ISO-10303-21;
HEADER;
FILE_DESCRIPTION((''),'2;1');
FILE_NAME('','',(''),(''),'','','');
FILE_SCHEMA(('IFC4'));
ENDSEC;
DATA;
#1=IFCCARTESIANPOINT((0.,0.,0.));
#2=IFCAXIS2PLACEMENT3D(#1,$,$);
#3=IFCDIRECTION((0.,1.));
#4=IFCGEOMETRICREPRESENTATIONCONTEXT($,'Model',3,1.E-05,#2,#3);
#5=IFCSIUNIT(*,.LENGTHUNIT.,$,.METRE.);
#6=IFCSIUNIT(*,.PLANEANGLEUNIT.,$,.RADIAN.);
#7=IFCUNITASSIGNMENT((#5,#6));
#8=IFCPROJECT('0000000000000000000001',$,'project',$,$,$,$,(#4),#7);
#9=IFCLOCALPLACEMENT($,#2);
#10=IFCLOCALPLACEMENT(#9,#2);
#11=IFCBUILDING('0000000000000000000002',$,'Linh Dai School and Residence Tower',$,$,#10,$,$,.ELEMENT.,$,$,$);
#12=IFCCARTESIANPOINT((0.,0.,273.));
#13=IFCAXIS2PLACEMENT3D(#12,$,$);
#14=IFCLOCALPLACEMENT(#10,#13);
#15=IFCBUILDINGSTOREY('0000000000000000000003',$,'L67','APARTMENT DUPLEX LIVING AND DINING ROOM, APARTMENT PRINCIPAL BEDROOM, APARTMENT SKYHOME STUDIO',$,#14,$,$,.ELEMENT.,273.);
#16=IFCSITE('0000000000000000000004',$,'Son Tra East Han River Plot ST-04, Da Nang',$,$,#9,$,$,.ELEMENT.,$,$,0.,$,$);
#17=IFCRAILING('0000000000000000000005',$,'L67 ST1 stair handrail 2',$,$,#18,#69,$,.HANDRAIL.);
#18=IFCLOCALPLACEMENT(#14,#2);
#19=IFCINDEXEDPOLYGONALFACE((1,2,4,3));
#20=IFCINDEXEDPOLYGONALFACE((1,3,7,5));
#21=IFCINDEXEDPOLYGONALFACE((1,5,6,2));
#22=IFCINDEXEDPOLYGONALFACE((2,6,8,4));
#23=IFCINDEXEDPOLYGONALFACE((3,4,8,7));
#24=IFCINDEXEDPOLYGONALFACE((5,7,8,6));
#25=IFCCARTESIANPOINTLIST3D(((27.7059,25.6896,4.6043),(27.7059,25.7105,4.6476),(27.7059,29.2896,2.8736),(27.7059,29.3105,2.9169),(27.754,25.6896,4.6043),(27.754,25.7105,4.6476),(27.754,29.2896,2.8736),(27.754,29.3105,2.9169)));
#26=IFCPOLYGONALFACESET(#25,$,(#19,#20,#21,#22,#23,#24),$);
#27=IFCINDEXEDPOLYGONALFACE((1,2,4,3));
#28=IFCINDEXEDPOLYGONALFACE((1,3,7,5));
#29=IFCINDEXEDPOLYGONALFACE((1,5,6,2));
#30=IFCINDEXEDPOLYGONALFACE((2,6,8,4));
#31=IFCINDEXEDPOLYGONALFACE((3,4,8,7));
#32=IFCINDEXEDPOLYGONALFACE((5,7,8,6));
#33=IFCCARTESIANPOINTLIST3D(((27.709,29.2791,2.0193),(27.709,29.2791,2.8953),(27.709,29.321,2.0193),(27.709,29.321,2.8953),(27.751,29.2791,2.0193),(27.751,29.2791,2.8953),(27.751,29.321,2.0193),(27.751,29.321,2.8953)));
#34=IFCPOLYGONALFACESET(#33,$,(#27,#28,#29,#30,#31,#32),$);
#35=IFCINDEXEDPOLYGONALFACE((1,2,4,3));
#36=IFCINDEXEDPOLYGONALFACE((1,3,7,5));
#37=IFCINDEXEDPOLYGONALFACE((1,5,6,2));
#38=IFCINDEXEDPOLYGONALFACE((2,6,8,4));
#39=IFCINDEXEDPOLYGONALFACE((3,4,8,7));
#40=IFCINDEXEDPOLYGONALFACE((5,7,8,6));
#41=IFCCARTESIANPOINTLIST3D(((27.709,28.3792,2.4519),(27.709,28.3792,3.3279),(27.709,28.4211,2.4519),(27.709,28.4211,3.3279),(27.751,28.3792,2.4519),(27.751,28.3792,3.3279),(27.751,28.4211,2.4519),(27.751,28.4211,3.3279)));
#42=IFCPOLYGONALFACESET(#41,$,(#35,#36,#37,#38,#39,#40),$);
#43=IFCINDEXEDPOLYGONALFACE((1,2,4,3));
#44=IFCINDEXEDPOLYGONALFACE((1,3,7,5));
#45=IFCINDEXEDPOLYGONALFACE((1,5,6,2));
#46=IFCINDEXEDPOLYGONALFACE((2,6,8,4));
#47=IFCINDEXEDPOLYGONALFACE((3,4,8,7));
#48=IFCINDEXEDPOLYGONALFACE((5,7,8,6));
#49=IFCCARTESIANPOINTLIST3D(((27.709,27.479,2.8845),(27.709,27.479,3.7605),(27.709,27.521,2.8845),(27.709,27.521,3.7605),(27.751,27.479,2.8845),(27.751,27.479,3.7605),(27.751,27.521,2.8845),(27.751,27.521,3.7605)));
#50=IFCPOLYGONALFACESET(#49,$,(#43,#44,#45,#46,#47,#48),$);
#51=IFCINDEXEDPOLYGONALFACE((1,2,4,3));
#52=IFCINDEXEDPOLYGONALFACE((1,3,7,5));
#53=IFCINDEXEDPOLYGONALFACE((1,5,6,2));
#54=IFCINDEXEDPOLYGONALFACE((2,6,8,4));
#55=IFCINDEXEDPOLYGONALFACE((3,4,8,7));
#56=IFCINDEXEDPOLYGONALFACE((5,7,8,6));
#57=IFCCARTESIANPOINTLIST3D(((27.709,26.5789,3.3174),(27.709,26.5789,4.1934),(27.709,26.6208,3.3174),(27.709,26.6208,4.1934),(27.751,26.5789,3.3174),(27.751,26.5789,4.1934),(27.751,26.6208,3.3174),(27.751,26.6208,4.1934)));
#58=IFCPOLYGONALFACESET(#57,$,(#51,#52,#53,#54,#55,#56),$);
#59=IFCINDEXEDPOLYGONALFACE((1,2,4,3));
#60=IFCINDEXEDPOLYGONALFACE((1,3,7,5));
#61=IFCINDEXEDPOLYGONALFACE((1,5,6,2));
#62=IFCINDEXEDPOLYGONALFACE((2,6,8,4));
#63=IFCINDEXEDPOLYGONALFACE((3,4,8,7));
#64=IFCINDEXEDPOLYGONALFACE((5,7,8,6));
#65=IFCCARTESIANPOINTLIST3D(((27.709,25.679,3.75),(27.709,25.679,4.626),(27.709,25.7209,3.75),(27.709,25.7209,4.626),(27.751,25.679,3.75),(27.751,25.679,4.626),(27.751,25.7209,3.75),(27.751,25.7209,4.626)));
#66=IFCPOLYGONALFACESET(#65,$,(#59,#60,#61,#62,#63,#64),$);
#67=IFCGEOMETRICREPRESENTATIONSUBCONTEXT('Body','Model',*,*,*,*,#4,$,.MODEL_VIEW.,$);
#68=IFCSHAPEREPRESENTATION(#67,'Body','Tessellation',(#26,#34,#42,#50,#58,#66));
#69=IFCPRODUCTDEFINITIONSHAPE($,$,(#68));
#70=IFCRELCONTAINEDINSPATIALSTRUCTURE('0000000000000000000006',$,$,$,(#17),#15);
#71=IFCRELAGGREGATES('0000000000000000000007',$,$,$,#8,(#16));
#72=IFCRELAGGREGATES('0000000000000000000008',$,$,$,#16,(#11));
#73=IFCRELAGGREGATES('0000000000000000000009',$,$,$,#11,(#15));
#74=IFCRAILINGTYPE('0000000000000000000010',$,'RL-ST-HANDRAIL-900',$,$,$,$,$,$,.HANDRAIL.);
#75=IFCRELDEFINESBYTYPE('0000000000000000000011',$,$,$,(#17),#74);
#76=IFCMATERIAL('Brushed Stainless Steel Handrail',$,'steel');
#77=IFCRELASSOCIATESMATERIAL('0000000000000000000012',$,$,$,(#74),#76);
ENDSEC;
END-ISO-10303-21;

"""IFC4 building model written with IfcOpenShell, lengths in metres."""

from ifc_helpers import new_model, si_unit, direction, frame, origin, origin_2d, place, context, subcontext, project, spatial, rectangle, extrude, source, transform, mapped, material, type_object, element, save


model = new_model("IFC4")

# Units and contexts
model_context = context("Model", 3, precision=1e-05, world=origin(), true_north=direction((0.0, 1.0)))
body_context = subcontext(model_context, "Body", "Model", "MODEL_VIEW")
ifc_project = project(units=[si_unit("LENGTHUNIT", "METRE"), si_unit("PLANEANGLEUNIT", "RADIAN")], contexts=[model_context])

# Site, building, storey
site_placement = place(None, origin())
site = spatial("IfcSite", under=ifc_project, at=site_placement, Name="Son Tra East Han River Plot ST-04, Da Nang", CompositionType="ELEMENT", RefElevation=0.0)
building_placement = place(site_placement, origin())
building = spatial("IfcBuilding", under=site, at=building_placement, Name="Linh Dai School and Residence Tower", CompositionType="ELEMENT")
storey_placement = place(building_placement, frame((0.0, 0.0, 273.0)))
storey = spatial("IfcBuildingStorey", under=building, at=storey_placement, Name="L67", Description="APARTMENT DUPLEX LIVING AND DINING ROOM, APARTMENT PRINCIPAL BEDROOM, APARTMENT SKYHOME STUDIO", CompositionType="ELEMENT", Elevation=273.0)

# Railing
ifc_material_1 = material(Name="Brushed Stainless Steel Handrail", Category="steel")
railing_type_1 = type_object("IfcRailingType", Name="RL-ST-HANDRAIL-900", PredefinedType="HANDRAIL", material=ifc_material_1)
shared_shape_1 = source(origin(), body_context, "Body", "SweptSolid", [
    extrude(rectangle(XDim=0.0481, YDim=0.0481, at=origin_2d()), frame((0.0, 0.0, 0.876), z_axis=(0.0, -0.901263, 0.433273), x_axis=(1.0, 0.0, 0.0)), (0.0, 0.0, 1.0), 3.9944),
    extrude(rectangle(XDim=0.042, YDim=0.042, at=origin_2d()), origin(), (0.0, 0.0, 1.0), 0.876),
    extrude(rectangle(XDim=0.042, YDim=0.042, at=origin_2d()), frame((0.0, -0.8999, 0.4326)), (0.0, 0.0, 1.0), 0.876),
    extrude(rectangle(XDim=0.042, YDim=0.042, at=origin_2d()), frame((0.0, -1.8, 0.8652)), (0.0, 0.0, 1.0), 0.876),
    extrude(rectangle(XDim=0.042, YDim=0.042, at=origin_2d()), frame((0.0, -2.7002, 1.2981)), (0.0, 0.0, 1.0), 0.876),
    extrude(rectangle(XDim=0.042, YDim=0.042, at=origin_2d()), frame((0.0, -3.6001, 1.7307)), (0.0, 0.0, 1.0), 0.876),
])
railing_1_placement = place(storey_placement, frame((27.73, 29.3, 2.0193)))
element("IfcRailing", 1, at=railing_1_placement, inside=storey, type_object=railing_type_1, Name="L67 ST1 stair handrail 2", PredefinedType="HANDRAIL", context=body_context, shape_type="MappedRepresentation", body=[
    mapped(shared_shape_1, transform((0.0, 0.0, 0.0), x_axis=(1.0, 0.0, 0.0), y_axis=(0.0, 1.0, 0.0), z_axis=(0.0, 0.0, 1.0), scale=1.0)),
])

save(model, "model.ifc")
